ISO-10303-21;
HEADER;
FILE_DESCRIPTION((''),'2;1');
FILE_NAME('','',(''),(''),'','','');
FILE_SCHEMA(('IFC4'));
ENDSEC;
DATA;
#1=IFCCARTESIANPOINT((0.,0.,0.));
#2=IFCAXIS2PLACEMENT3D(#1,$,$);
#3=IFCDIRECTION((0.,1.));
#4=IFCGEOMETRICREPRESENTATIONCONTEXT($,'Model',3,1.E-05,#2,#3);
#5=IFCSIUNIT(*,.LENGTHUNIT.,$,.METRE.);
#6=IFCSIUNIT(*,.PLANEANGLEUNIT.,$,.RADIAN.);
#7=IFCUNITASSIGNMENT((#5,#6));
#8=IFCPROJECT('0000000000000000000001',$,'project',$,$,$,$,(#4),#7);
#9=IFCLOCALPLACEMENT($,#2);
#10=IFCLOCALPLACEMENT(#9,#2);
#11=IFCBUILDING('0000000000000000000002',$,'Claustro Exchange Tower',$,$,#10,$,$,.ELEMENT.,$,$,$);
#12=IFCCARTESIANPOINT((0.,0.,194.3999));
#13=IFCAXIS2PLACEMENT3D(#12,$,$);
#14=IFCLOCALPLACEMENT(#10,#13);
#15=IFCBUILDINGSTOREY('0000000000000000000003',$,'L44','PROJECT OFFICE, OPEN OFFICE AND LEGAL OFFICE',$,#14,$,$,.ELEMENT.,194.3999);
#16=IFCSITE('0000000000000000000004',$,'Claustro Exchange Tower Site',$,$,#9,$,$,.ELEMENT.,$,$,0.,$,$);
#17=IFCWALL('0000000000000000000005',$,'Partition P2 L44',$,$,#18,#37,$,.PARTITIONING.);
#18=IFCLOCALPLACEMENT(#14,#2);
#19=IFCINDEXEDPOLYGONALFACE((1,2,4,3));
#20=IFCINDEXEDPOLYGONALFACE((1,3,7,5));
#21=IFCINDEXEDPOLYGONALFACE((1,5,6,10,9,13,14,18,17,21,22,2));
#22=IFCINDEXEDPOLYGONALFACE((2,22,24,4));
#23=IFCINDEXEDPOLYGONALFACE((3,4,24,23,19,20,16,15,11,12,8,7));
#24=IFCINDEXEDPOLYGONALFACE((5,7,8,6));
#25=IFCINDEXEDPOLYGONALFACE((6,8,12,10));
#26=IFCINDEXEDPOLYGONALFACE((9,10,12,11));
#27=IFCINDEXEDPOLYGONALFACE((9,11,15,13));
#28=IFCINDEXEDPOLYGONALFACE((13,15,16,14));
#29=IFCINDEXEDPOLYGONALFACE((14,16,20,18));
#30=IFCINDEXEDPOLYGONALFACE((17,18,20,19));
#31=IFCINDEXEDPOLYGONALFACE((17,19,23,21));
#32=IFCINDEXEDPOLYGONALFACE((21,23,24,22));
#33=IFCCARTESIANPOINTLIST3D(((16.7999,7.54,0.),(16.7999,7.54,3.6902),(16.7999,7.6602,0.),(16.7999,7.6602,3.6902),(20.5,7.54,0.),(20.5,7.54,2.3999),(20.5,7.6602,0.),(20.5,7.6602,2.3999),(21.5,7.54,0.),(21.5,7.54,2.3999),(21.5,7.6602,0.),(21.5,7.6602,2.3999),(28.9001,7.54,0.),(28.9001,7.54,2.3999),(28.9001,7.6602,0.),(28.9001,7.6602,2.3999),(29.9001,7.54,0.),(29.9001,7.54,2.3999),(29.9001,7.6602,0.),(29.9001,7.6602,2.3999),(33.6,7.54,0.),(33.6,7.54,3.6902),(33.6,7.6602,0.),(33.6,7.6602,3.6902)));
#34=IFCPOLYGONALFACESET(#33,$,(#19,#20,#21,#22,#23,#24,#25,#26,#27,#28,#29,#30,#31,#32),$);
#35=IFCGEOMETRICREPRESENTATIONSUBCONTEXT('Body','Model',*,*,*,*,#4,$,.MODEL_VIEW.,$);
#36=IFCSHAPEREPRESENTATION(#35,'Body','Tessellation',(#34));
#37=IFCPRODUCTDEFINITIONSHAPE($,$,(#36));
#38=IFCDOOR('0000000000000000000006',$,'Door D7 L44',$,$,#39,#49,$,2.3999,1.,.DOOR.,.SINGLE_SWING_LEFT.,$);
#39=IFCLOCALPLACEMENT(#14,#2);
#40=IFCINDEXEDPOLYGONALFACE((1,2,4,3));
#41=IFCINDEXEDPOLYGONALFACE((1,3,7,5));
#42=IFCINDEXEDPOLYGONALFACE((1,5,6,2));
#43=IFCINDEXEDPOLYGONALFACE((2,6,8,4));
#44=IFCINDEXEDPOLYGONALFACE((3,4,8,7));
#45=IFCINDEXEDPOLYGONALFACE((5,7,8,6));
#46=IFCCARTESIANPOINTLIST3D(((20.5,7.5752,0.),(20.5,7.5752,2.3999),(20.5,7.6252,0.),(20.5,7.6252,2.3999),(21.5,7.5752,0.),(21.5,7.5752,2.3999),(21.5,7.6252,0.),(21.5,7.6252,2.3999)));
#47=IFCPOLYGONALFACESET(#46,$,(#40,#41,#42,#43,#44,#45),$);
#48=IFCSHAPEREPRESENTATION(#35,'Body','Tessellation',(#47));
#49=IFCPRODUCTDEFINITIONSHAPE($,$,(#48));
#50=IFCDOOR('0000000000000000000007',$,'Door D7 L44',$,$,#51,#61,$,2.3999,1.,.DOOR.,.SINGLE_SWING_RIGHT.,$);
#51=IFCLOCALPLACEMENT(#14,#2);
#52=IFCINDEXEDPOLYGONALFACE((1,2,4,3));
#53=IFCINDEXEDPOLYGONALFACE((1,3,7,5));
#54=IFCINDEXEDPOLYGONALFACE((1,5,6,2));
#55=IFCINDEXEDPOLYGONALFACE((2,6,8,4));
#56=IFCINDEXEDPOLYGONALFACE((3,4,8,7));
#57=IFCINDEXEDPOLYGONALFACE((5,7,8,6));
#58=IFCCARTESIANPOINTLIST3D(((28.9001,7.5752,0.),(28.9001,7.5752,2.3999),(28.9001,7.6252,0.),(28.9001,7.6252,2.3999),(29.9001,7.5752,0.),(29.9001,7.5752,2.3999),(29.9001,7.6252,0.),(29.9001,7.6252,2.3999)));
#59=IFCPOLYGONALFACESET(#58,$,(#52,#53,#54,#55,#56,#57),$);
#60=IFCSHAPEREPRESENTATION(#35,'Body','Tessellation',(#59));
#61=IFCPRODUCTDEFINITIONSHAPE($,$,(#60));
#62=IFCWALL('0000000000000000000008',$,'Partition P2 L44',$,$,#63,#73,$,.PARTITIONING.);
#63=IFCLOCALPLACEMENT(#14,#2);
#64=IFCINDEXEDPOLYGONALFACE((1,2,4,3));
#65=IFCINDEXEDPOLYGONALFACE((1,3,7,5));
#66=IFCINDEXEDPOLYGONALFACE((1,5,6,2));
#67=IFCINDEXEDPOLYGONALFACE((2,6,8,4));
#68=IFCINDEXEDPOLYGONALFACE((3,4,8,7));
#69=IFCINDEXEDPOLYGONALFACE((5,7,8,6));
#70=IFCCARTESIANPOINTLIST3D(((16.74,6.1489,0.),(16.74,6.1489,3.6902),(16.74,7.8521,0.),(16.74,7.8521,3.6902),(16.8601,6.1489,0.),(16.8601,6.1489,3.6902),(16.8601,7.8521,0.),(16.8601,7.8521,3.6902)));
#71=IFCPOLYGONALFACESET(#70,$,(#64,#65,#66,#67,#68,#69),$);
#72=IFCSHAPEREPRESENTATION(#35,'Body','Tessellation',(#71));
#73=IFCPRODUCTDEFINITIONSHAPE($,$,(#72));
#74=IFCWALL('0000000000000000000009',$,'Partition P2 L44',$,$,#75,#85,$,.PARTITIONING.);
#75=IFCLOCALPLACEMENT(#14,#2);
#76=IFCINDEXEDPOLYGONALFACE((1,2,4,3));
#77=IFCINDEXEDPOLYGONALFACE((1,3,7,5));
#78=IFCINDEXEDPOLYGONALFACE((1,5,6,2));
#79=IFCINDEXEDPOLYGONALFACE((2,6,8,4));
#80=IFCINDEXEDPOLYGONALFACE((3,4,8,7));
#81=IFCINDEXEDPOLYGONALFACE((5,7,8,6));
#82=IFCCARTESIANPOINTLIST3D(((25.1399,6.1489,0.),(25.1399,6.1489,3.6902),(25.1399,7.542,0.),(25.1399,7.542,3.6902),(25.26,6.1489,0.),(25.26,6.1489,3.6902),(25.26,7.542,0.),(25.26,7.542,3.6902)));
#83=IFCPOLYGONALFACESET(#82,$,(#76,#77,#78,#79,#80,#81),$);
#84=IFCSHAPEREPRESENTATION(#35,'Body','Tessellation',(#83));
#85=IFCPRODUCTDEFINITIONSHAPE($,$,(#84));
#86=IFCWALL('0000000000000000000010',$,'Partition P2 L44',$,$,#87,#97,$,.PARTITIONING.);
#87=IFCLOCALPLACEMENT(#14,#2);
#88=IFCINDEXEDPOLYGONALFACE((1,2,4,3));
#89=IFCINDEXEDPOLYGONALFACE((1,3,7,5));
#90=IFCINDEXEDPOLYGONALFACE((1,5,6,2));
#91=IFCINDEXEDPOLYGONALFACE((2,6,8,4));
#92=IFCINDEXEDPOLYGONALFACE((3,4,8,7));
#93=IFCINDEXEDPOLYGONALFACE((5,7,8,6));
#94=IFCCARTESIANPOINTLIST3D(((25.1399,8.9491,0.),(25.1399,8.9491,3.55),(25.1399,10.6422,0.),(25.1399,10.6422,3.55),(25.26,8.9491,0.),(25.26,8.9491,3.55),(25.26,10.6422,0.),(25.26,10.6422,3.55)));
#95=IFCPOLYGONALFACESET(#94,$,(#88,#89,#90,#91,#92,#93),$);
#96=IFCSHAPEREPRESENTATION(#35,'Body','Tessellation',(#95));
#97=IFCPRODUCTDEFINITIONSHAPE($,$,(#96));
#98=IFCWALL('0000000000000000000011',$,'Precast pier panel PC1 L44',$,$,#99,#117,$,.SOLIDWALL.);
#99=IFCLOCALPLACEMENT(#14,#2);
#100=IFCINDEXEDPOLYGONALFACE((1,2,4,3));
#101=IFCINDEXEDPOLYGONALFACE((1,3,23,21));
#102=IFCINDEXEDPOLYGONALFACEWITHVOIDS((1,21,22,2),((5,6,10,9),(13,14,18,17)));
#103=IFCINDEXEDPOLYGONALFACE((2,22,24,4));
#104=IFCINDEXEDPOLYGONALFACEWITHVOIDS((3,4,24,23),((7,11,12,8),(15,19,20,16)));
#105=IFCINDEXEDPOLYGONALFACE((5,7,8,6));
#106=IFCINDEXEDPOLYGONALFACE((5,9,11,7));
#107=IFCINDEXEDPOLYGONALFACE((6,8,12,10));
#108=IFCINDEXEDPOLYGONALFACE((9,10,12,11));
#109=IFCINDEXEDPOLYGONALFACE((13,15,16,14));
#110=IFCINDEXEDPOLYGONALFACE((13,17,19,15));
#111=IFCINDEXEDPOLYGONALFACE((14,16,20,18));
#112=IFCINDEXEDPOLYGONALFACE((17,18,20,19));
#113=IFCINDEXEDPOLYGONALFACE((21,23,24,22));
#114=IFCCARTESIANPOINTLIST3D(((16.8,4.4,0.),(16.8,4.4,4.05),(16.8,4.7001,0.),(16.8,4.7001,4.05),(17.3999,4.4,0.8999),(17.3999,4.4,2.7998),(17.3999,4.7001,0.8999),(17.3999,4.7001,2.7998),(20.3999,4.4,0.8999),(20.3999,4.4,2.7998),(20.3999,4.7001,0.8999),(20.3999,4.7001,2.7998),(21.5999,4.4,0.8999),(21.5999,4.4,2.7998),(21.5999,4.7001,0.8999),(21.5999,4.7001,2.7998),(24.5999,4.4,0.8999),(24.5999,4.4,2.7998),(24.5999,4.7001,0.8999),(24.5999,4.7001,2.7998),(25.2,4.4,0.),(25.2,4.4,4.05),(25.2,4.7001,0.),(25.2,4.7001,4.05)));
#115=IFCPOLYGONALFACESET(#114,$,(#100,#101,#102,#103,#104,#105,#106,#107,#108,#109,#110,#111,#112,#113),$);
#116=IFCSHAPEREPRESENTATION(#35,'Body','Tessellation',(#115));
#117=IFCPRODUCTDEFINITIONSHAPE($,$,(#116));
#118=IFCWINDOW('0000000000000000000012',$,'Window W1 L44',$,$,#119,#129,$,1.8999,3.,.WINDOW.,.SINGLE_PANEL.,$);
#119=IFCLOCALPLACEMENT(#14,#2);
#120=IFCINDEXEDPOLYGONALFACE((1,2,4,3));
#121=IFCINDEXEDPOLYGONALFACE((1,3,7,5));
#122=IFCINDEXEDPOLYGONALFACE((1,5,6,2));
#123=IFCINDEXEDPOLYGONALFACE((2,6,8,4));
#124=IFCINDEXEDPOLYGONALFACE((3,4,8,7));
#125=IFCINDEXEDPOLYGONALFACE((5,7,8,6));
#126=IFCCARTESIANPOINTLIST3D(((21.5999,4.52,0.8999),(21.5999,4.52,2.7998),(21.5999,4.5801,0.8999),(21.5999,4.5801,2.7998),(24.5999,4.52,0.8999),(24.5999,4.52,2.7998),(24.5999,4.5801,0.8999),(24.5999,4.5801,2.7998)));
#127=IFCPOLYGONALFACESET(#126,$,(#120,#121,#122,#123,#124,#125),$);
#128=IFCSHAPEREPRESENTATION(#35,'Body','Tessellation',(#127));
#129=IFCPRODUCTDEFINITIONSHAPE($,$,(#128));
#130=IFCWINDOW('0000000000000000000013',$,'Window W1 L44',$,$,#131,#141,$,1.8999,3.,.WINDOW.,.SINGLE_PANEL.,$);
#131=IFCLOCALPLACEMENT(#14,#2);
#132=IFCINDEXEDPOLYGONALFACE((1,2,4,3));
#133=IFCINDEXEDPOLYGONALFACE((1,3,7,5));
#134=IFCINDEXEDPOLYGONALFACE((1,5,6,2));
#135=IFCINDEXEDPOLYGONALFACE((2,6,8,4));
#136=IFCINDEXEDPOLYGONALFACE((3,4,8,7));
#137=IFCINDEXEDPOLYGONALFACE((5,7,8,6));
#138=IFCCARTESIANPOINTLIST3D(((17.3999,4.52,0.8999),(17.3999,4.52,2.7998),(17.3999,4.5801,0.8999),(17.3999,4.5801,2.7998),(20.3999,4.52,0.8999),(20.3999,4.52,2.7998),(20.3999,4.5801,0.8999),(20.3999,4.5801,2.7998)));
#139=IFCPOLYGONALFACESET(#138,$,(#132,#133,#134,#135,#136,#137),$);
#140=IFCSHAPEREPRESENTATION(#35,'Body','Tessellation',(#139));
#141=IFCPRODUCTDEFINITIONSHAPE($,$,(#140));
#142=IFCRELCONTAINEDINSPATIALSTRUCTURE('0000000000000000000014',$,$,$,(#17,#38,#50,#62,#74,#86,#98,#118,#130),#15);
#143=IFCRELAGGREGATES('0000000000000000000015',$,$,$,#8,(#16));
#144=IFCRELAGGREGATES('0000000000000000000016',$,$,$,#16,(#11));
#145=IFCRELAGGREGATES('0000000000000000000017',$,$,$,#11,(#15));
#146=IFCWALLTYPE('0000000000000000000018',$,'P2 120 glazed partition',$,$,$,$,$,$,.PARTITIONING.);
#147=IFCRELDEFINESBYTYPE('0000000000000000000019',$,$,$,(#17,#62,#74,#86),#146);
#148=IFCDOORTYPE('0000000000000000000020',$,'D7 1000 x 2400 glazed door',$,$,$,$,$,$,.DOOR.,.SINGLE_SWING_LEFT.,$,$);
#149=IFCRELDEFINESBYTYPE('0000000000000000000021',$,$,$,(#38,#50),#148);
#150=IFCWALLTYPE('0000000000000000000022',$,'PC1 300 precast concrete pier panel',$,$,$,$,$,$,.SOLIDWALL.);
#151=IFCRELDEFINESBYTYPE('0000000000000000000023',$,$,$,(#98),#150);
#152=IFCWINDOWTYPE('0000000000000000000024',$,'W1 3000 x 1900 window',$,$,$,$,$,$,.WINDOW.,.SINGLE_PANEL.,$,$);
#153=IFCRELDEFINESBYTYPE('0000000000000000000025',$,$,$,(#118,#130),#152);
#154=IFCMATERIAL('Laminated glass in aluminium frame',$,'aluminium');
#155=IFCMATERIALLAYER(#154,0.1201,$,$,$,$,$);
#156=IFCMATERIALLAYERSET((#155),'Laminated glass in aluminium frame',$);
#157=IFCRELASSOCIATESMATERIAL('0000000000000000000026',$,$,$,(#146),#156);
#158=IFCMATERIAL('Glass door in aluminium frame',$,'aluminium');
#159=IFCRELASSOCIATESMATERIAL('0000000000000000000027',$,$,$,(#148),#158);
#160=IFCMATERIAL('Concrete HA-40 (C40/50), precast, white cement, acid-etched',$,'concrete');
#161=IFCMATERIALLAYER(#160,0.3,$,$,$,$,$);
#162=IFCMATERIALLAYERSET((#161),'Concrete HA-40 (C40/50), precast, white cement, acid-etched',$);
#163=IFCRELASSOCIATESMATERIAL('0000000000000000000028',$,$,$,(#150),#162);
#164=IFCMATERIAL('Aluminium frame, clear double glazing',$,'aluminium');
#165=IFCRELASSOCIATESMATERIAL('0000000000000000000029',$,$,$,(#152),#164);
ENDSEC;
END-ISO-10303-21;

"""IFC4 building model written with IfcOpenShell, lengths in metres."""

from ifc_helpers import new_model, si_unit, direction, frame, frame_2d, origin, place, context, subcontext, project, spatial, rectangle, extrude, material, layer, layer_set, type_object, element, fill, save


model = new_model("IFC4")

# Units and contexts
model_context = context("Model", 3, precision=1e-05, world=origin(), true_north=direction((0.0, 1.0)))
body_context = subcontext(model_context, "Body", "Model", "MODEL_VIEW")
ifc_project = project(units=[si_unit("LENGTHUNIT", "METRE"), si_unit("PLANEANGLEUNIT", "RADIAN")], contexts=[model_context])

# Site, building, storey
site_placement = place(None, origin())
site = spatial("IfcSite", under=ifc_project, at=site_placement, Name="Claustro Exchange Tower Site", CompositionType="ELEMENT", RefElevation=0.0)
building_placement = place(site_placement, origin())
building = spatial("IfcBuilding", under=site, at=building_placement, Name="Claustro Exchange Tower", CompositionType="ELEMENT")
storey_placement = place(building_placement, frame((0.0, 0.0, 194.3999)))
storey = spatial("IfcBuildingStorey", under=building, at=storey_placement, Name="L44", Description="PROJECT OFFICE, OPEN OFFICE AND LEGAL OFFICE", CompositionType="ELEMENT", Elevation=194.3999)

# Wall, openings, doors
ifc_material_1 = material(Name="Laminated glass in aluminium frame", Category="aluminium")
ifc_layer_1 = layer(ifc_material_1, 0.1201)
ifc_layer_set_1 = layer_set([ifc_layer_1], Name="Laminated glass in aluminium frame")
wall_type_1 = type_object("IfcWallType", Name="P2 120 glazed partition", PredefinedType="PARTITIONING", material=ifc_layer_set_1)
wall_1_placement = place(storey_placement, frame((16.8, 7.6001, 0.0), z_axis=(0.0, 0.0, 1.0), x_axis=(1.0, 0.0, 0.0)))
wall_1 = element("IfcWall", 1, at=wall_1_placement, inside=storey, type_object=wall_type_1, Name="Partition P2 L44", PredefinedType="PARTITIONING", context=body_context, shape_type="SweptSolid", body=[
    extrude(rectangle(XDim=16.8, YDim=0.1201, at=frame_2d((8.3999, 0.0))), origin(), (0.0, 0.0, 1.0), 3.6902),
])
opening_1_placement = place(wall_1_placement, frame((3.7, 0.0, 0.0)))
opening_1 = element("IfcOpeningElement", 2, at=opening_1_placement, cuts=wall_1, PredefinedType="OPENING", context=body_context, shape_type="SweptSolid", body=[
    extrude(rectangle(XDim=1.0, YDim=2.3999, at=frame_2d((0.5, 1.2))), frame((0.0, 0.0701, 0.0), z_axis=(0.0, -1.0, 0.0), x_axis=(1.0, 0.0, 0.0)), (0.0, 0.0, 1.0), 0.1401),
])
opening_2_placement = place(wall_1_placement, frame((12.1001, 0.0, 0.0)))
opening_2 = element("IfcOpeningElement", 3, at=opening_2_placement, cuts=wall_1, PredefinedType="OPENING", context=body_context, shape_type="SweptSolid", body=[
    extrude(rectangle(XDim=1.0, YDim=2.3999, at=frame_2d((0.5, 1.2))), frame((0.0, 0.0701, 0.0), z_axis=(0.0, -1.0, 0.0), x_axis=(1.0, 0.0, 0.0)), (0.0, 0.0, 1.0), 0.1401),
])
ifc_material_2 = material(Name="Glass door in aluminium frame", Category="aluminium")
door_type = type_object("IfcDoorType", Name="D7 1000 x 2400 glazed door", OperationType="SINGLE_SWING_LEFT", PredefinedType="DOOR", material=ifc_material_2)
door_1_placement = place(opening_1_placement, frame((1.0, 0.0, 0.0), z_axis=(0.0, 0.0, 1.0), x_axis=(-1.0, 0.0, 0.0)))
door_1 = element("IfcDoor", 4, at=door_1_placement, inside=storey, type_object=door_type, Name="Door D7 L44", OperationType="SINGLE_SWING_LEFT", OverallHeight=2.3999, OverallWidth=1.0, PredefinedType="DOOR", context=body_context, shape_type="SweptSolid", body=[
    extrude(rectangle(XDim=1.0, YDim=2.3999, at=frame_2d((0.5, 1.2))), frame((0.0, 0.0249, 0.0), z_axis=(0.0, -1.0, 0.0), x_axis=(1.0, 0.0, 0.0)), (0.0, 0.0, 1.0), 0.05),
])
fill(opening_1, door_1)
door_2_placement = place(opening_2_placement, frame((1.0, 0.0, 0.0), z_axis=(0.0, 0.0, 1.0), x_axis=(-1.0, 0.0, 0.0)))
door_2 = element("IfcDoor", 5, at=door_2_placement, inside=storey, type_object=door_type, Name="Door D7 L44", OperationType="SINGLE_SWING_RIGHT", OverallHeight=2.3999, OverallWidth=1.0, PredefinedType="DOOR", context=body_context, shape_type="SweptSolid", body=[
    extrude(rectangle(XDim=1.0, YDim=2.3999, at=frame_2d((0.5, 1.2))), frame((0.0, 0.0249, 0.0), z_axis=(0.0, -1.0, 0.0), x_axis=(1.0, 0.0, 0.0)), (0.0, 0.0, 1.0), 0.05),
])
fill(opening_2, door_2)

# Walls
wall_2_placement = place(storey_placement, frame((16.8, 6.1489, 0.0), z_axis=(0.0, 0.0, 1.0), x_axis=(0.0, 1.0, 0.0)))
element("IfcWall", 6, at=wall_2_placement, inside=storey, type_object=wall_type_1, Name="Partition P2 L44", PredefinedType="PARTITIONING", context=body_context, shape_type="SweptSolid", body=[
    extrude(rectangle(XDim=1.7031, YDim=0.1201, at=frame_2d((0.8516, 0.0))), origin(), (0.0, 0.0, 1.0), 3.6902),
])
wall_3_placement = place(storey_placement, frame((25.2, 6.1489, 0.0), z_axis=(0.0, 0.0, 1.0), x_axis=(0.0, 1.0, 0.0)))
element("IfcWall", 7, at=wall_3_placement, inside=storey, type_object=wall_type_1, Name="Partition P2 L44", PredefinedType="PARTITIONING", context=body_context, shape_type="SweptSolid", body=[
    extrude(rectangle(XDim=1.3931, YDim=0.1201, at=frame_2d((0.6965, 0.0))), origin(), (0.0, 0.0, 1.0), 3.6902),
])
wall_4_placement = place(storey_placement, frame((25.2, 8.949, 0.0), z_axis=(0.0, 0.0, 1.0), x_axis=(0.0, 1.0, 0.0)))
element("IfcWall", 8, at=wall_4_placement, inside=storey, type_object=wall_type_1, Name="Partition P2 L44", PredefinedType="PARTITIONING", context=body_context, shape_type="SweptSolid", body=[
    extrude(rectangle(XDim=1.6931, YDim=0.1201, at=frame_2d((0.8467, 0.0))), origin(), (0.0, 0.0, 1.0), 3.55),
])

# Wall, openings, windows
ifc_material_3 = material(Name="Concrete HA-40 (C40/50), precast, white cement, acid-etched", Category="concrete")
ifc_layer_2 = layer(ifc_material_3, 0.3)
ifc_layer_set_2 = layer_set([ifc_layer_2], Name="Concrete HA-40 (C40/50), precast, white cement, acid-etched")
wall_type_2 = type_object("IfcWallType", Name="PC1 300 precast concrete pier panel", PredefinedType="SOLIDWALL", material=ifc_layer_set_2)
wall_5_placement = place(storey_placement, frame((25.2, 4.55, 0.0), z_axis=(0.0, 0.0, 1.0), x_axis=(-1.0, 0.0, 0.0)))
wall_5 = element("IfcWall", 9, at=wall_5_placement, inside=storey, type_object=wall_type_2, Name="Precast pier panel PC1 L44", PredefinedType="SOLIDWALL", context=body_context, shape_type="SweptSolid", body=[
    extrude(rectangle(XDim=8.3999, YDim=0.3, at=frame_2d((4.2, 0.0))), origin(), (0.0, 0.0, 1.0), 4.05),
])
opening_3_placement = place(wall_5_placement, frame((0.6001, 0.0, 0.8999)))
opening_3 = element("IfcOpeningElement", 10, at=opening_3_placement, cuts=wall_5, PredefinedType="OPENING", context=body_context, shape_type="SweptSolid", body=[
    extrude(rectangle(XDim=3.0, YDim=1.8999, at=frame_2d((1.5, 0.95))), frame((0.0, 0.1599, 0.0), z_axis=(0.0, -1.0, 0.0), x_axis=(1.0, 0.0, 0.0)), (0.0, 0.0, 1.0), 0.3201),
])
opening_4_placement = place(wall_5_placement, frame((4.8, 0.0, 0.8999)))
opening_4 = element("IfcOpeningElement", 11, at=opening_4_placement, cuts=wall_5, PredefinedType="OPENING", context=body_context, shape_type="SweptSolid", body=[
    extrude(rectangle(XDim=3.0, YDim=1.8999, at=frame_2d((1.5, 0.95))), frame((0.0, 0.1599, 0.0), z_axis=(0.0, -1.0, 0.0), x_axis=(1.0, 0.0, 0.0)), (0.0, 0.0, 1.0), 0.3201),
])
ifc_material_4 = material(Name="Aluminium frame, clear double glazing", Category="aluminium")
window_type_1 = type_object("IfcWindowType", Name="W1 3000 x 1900 window", PartitioningType="SINGLE_PANEL", PredefinedType="WINDOW", material=ifc_material_4)
window_1_placement = place(opening_3_placement, origin())
window_1 = element("IfcWindow", 12, at=window_1_placement, inside=storey, type_object=window_type_1, Name="Window W1 L44", OverallHeight=1.8999, OverallWidth=3.0, PartitioningType="SINGLE_PANEL", PredefinedType="WINDOW", context=body_context, shape_type="SweptSolid", body=[
    extrude(rectangle(XDim=3.0, YDim=1.8999, at=frame_2d((1.5, 0.95))), frame((0.0, 0.03, 0.0), z_axis=(0.0, -1.0, 0.0), x_axis=(1.0, 0.0, 0.0)), (0.0, 0.0, 1.0), 0.0601),
])
fill(opening_3, window_1)
window_2_placement = place(opening_4_placement, origin())
window_2 = element("IfcWindow", 13, at=window_2_placement, inside=storey, type_object=window_type_1, Name="Window W1 L44", OverallHeight=1.8999, OverallWidth=3.0, PartitioningType="SINGLE_PANEL", PredefinedType="WINDOW", context=body_context, shape_type="SweptSolid", body=[
    extrude(rectangle(XDim=3.0, YDim=1.8999, at=frame_2d((1.5, 0.95))), frame((0.0, 0.03, 0.0), z_axis=(0.0, -1.0, 0.0), x_axis=(1.0, 0.0, 0.0)), (0.0, 0.0, 1.0), 0.0601),
])
fill(opening_4, window_2)

save(model, "model.ifc")
